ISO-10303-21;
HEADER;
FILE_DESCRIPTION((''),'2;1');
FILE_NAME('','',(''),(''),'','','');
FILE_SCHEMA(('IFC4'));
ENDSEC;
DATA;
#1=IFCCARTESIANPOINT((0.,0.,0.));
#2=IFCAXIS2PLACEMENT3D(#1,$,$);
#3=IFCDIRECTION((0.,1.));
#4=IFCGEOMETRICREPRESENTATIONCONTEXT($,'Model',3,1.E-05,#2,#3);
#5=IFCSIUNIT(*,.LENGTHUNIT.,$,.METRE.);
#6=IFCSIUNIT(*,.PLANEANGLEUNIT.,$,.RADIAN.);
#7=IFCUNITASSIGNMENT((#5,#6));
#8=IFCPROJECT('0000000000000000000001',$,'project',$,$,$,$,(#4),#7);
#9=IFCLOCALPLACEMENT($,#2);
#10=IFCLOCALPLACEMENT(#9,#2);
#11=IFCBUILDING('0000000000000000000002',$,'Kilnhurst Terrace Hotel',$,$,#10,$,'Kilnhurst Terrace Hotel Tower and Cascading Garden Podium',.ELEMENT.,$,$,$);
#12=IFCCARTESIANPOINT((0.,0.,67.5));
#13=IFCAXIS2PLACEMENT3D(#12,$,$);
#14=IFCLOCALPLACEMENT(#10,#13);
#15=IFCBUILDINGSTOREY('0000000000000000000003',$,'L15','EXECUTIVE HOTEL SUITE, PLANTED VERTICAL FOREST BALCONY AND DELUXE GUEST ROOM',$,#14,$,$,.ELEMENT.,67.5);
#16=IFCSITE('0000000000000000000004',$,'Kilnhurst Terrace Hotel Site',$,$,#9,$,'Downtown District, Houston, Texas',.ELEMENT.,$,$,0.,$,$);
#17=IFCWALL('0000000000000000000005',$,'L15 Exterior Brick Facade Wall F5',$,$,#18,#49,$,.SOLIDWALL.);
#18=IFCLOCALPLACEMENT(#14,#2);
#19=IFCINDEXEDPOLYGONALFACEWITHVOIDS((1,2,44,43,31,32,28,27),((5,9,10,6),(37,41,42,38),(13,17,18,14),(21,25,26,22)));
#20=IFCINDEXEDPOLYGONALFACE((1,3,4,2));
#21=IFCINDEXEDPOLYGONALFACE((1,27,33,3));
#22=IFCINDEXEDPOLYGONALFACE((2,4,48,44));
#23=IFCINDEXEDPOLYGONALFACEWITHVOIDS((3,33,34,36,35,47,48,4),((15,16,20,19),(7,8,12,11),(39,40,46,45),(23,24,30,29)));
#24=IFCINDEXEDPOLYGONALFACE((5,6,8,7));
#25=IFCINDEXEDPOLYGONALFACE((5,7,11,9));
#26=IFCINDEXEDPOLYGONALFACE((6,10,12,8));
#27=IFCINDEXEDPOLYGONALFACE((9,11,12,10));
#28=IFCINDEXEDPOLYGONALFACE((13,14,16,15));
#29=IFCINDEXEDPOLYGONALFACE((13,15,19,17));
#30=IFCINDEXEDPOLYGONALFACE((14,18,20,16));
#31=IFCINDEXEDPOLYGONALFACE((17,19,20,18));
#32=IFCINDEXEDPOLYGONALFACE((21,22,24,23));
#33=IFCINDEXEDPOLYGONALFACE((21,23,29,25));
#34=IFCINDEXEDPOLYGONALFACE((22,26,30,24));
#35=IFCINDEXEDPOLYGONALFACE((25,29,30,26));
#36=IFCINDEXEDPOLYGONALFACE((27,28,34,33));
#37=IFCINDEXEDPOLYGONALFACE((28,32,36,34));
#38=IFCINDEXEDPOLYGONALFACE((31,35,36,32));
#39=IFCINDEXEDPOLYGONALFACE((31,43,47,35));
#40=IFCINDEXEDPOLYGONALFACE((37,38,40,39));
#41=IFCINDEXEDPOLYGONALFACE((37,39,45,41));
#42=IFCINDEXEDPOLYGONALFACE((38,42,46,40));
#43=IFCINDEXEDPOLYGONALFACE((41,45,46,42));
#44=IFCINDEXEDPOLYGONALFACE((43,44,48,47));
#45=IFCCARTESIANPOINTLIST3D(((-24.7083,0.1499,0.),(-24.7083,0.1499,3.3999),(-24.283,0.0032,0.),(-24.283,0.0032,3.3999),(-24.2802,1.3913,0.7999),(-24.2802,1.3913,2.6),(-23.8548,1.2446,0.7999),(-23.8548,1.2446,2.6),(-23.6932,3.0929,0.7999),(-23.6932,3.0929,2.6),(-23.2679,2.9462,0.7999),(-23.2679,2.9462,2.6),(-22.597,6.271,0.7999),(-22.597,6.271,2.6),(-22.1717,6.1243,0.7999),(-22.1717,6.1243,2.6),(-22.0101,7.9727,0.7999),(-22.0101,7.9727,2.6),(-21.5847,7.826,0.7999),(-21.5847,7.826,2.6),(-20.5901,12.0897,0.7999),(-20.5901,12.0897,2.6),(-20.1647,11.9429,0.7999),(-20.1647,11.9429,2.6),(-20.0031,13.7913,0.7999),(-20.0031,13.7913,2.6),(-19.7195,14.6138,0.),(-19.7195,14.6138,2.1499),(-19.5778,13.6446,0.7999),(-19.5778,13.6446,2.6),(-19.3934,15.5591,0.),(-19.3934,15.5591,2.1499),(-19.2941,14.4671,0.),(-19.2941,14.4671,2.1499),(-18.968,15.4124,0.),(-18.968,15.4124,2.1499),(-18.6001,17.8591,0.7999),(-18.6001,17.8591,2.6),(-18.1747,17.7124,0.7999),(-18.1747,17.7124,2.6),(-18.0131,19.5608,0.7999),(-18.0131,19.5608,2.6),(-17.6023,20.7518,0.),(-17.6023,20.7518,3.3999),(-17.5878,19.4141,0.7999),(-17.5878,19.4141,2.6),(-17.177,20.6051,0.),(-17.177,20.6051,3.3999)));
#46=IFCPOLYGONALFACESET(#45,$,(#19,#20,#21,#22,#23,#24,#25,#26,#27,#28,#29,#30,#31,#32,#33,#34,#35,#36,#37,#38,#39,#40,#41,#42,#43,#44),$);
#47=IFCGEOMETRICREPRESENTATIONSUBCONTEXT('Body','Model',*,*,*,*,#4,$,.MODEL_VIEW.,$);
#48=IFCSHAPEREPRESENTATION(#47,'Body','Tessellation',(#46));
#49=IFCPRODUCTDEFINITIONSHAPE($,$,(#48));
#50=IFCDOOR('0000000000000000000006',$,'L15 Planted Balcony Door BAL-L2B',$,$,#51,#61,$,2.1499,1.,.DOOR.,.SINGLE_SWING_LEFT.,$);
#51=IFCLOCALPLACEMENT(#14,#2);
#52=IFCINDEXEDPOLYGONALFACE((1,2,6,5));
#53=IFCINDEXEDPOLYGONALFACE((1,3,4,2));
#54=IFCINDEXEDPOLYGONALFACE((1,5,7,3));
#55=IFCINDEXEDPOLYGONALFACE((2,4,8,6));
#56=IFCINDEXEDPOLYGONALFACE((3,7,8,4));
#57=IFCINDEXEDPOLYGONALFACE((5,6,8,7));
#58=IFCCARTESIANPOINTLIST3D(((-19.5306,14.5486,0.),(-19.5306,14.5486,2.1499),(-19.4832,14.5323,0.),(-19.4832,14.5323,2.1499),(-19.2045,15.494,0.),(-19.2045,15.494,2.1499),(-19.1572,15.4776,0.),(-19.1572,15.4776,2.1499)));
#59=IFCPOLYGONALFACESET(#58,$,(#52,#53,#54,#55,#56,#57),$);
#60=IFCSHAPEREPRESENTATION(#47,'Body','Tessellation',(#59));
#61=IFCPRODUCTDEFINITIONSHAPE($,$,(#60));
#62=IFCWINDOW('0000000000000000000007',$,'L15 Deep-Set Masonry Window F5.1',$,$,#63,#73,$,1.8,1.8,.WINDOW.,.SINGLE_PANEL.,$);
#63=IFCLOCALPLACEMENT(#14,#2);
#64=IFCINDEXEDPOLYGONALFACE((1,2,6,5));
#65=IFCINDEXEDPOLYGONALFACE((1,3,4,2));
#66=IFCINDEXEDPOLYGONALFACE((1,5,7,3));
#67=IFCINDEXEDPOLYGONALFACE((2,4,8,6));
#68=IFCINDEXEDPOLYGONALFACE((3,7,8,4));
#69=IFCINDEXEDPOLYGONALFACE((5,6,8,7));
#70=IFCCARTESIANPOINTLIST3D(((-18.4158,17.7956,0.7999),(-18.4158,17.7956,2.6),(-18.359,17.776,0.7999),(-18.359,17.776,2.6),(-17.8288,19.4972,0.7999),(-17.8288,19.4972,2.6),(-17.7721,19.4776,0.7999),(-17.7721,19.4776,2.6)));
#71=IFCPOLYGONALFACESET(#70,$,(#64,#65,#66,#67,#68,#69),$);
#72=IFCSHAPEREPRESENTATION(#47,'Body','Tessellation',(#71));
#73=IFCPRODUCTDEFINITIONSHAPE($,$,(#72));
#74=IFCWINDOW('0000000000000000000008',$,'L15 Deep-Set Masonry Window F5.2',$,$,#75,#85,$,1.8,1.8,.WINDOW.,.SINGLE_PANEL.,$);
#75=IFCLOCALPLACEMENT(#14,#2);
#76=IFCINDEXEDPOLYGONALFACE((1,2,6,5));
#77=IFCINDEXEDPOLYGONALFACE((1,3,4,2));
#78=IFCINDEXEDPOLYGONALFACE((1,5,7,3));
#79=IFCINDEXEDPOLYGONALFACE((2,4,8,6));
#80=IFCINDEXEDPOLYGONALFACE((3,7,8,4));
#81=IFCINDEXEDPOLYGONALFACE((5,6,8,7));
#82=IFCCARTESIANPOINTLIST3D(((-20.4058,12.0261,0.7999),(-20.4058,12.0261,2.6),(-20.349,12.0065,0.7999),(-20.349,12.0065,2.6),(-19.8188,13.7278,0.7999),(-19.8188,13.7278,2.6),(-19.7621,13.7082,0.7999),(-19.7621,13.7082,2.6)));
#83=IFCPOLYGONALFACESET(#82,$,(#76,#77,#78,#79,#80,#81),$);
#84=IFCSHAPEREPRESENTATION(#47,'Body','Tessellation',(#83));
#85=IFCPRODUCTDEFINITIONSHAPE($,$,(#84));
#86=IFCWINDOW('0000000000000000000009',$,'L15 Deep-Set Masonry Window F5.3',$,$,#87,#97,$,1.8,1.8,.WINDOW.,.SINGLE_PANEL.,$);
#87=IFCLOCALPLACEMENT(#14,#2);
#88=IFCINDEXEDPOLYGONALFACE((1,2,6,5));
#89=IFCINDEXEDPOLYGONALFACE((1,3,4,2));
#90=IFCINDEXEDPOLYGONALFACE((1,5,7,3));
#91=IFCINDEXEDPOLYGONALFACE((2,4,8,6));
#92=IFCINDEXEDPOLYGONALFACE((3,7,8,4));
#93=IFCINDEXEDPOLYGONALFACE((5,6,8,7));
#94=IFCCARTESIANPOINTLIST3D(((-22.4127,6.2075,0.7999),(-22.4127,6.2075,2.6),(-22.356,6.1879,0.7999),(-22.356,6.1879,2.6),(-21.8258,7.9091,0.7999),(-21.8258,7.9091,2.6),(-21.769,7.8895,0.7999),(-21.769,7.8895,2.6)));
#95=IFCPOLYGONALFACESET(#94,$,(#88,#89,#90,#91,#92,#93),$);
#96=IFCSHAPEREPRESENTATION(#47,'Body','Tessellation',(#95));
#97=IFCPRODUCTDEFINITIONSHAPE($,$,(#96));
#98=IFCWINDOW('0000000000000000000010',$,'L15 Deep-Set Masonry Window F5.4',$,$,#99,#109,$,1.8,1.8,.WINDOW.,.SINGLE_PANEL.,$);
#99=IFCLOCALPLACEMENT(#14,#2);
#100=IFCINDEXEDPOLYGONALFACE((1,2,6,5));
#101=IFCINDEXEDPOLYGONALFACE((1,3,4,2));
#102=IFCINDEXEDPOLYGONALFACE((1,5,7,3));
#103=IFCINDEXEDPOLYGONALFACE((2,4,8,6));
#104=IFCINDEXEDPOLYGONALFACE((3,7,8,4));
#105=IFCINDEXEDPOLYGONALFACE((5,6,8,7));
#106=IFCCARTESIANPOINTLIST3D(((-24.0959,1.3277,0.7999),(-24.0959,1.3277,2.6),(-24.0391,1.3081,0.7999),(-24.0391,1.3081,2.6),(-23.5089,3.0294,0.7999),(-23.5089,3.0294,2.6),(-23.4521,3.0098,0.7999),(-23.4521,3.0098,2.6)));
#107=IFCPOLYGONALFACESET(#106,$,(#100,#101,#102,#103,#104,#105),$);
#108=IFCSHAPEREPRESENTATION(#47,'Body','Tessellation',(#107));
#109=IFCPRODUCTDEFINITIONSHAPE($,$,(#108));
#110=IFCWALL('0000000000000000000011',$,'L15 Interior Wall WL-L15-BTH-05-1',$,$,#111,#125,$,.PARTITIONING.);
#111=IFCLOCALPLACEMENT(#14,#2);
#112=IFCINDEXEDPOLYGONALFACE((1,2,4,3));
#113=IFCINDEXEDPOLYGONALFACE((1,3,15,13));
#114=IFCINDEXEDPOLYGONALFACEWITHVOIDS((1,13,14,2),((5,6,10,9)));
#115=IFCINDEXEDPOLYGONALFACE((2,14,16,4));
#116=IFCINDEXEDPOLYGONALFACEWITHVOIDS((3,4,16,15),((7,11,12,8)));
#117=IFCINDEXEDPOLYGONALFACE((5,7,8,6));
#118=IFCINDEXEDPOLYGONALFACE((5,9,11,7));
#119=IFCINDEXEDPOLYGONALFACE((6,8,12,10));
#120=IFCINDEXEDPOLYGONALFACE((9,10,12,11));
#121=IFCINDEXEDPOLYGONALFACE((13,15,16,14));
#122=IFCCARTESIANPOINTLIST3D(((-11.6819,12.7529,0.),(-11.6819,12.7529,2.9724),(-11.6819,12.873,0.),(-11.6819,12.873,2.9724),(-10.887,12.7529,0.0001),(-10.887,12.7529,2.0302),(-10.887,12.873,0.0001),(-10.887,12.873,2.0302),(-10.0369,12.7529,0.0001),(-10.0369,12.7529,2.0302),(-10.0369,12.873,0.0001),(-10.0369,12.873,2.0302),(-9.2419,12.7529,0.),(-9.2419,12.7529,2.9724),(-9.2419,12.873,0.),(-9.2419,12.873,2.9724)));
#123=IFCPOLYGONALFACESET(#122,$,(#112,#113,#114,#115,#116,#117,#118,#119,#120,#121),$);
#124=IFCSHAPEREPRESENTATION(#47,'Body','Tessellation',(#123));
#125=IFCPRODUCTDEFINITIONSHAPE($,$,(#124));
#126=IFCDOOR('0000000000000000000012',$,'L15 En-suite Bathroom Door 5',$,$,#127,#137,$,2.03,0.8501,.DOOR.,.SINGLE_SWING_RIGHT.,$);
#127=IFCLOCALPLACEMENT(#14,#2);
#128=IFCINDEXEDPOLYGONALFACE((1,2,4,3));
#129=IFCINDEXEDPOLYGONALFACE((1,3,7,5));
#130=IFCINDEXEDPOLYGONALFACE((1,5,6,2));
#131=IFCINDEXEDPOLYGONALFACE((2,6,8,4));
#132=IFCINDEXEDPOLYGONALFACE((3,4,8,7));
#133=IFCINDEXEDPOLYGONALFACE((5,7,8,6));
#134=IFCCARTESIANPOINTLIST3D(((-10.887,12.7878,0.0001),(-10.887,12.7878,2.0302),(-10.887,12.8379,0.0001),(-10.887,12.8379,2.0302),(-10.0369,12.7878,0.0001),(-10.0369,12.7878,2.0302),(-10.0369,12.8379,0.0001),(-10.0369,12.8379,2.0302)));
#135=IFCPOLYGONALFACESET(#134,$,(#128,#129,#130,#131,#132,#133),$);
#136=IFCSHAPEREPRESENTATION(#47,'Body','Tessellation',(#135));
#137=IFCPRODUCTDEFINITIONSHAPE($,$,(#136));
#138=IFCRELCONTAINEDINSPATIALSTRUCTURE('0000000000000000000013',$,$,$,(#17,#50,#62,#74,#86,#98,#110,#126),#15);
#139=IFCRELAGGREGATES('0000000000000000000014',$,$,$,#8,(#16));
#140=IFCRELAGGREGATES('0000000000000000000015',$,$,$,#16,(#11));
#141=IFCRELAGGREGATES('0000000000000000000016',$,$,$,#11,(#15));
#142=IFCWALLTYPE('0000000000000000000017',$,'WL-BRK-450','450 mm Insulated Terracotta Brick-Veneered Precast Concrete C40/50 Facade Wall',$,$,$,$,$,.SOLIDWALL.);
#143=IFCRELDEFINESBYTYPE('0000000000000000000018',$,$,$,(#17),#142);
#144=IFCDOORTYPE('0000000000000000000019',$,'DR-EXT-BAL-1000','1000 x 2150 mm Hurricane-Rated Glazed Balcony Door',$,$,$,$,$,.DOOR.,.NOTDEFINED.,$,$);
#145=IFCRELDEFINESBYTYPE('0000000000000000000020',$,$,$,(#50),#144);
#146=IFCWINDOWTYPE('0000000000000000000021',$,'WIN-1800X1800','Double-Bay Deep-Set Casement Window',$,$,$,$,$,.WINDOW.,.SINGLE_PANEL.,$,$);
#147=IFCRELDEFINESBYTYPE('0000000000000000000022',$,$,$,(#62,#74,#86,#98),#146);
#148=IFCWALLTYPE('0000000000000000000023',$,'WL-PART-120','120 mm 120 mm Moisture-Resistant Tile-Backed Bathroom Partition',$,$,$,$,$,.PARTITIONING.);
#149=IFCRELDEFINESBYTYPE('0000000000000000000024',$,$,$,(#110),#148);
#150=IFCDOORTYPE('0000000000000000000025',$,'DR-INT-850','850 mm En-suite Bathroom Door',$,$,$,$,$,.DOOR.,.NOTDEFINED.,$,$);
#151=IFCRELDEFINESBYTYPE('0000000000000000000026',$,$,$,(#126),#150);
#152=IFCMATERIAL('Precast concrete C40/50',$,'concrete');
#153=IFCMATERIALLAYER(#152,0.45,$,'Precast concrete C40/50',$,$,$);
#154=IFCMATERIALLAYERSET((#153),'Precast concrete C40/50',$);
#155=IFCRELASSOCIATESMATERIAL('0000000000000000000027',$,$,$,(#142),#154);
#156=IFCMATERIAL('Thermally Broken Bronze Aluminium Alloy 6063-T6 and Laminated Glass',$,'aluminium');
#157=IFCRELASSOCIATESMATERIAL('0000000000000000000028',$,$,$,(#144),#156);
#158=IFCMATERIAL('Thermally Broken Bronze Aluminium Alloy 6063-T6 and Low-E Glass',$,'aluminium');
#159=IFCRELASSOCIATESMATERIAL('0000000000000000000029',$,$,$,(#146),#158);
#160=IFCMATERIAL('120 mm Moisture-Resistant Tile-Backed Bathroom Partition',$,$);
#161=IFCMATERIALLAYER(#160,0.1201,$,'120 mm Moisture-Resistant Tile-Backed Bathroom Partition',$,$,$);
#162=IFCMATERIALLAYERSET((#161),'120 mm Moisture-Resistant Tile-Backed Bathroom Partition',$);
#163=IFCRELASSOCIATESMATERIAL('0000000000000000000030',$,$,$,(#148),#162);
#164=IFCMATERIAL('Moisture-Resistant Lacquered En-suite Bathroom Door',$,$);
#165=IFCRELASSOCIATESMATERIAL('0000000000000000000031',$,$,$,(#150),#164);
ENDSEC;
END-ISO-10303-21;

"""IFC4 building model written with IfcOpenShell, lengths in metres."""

from ifc_helpers import new_model, si_unit, direction, frame, frame_2d, origin, place, context, subcontext, project, spatial, rectangle, extrude, material, layer, layer_set, type_object, element, fill, save


model = new_model("IFC4")

# Units and contexts
model_context = context("Model", 3, precision=1e-05, world=origin(), true_north=direction((0.0, 1.0)))
body_context = subcontext(model_context, "Body", "Model", "MODEL_VIEW")
ifc_project = project(units=[si_unit("LENGTHUNIT", "METRE"), si_unit("PLANEANGLEUNIT", "RADIAN")], contexts=[model_context])

# Site, building, storey
site_placement = place(None, origin())
site = spatial("IfcSite", under=ifc_project, at=site_placement, Name="Kilnhurst Terrace Hotel Site", LongName="Downtown District, Houston, Texas", CompositionType="ELEMENT", RefElevation=0.0)
building_placement = place(site_placement, origin())
building = spatial("IfcBuilding", under=site, at=building_placement, Name="Kilnhurst Terrace Hotel", LongName="Kilnhurst Terrace Hotel Tower and Cascading Garden Podium", CompositionType="ELEMENT")
storey_placement = place(building_placement, frame((0.0, 0.0, 67.5)))
storey = spatial("IfcBuildingStorey", under=building, at=storey_placement, Name="L15", Description="EXECUTIVE HOTEL SUITE, PLANTED VERTICAL FOREST BALCONY AND DELUXE GUEST ROOM", CompositionType="ELEMENT", Elevation=67.5)

# Shared definitions
ifc_material_1 = material(Name="Precast concrete C40/50", Category="concrete")
ifc_layer_1 = layer(ifc_material_1, 0.45, Name="Precast concrete C40/50")
ifc_layer_set_1 = layer_set([ifc_layer_1], Name="Precast concrete C40/50")
wall_type_1 = type_object("IfcWallType", Name="WL-BRK-450", Description="450 mm Insulated Terracotta Brick-Veneered Precast Concrete C40/50 Facade Wall", PredefinedType="SOLIDWALL", material=ifc_layer_set_1)

# Wall, openings, door, windows
wall_1_placement = place(storey_placement, frame((-17.3896, 20.6785, 0.0), z_axis=(0.0, 0.0, 1.0), x_axis=(-0.326068, -0.945346, 0.0)))
wall_1 = element("IfcWall", 1, at=wall_1_placement, inside=storey, type_object=wall_type_1, Name="L15 Exterior Brick Facade Wall F5", PredefinedType="SOLIDWALL", context=body_context, shape_type="SweptSolid", body=[
    extrude(rectangle(XDim=21.793, YDim=0.45, at=frame_2d((10.8965, 0.0))), origin(), (0.0, 0.0, 1.0), 3.3999),
])
opening_1_placement = place(wall_1_placement, frame((5.4929, 0.0, 0.0)))
opening_1 = element("IfcOpeningElement", 2, at=opening_1_placement, cuts=wall_1, PredefinedType="OPENING", context=body_context, shape_type="SweptSolid", body=[
    extrude(rectangle(XDim=1.0, YDim=2.1499, at=frame_2d((0.5, 1.075))), frame((0.0, 0.2349, 0.0), z_axis=(0.0, -1.0, 0.0), x_axis=(1.0, 0.0, 0.0)), (0.0, 0.0, 1.0), 0.47),
])
opening_2_placement = place(wall_1_placement, frame((1.26, 0.0, 0.8)))
opening_2 = element("IfcOpeningElement", 3, at=opening_2_placement, cuts=wall_1, PredefinedType="OPENING", context=body_context, shape_type="SweptSolid", body=[
    extrude(rectangle(XDim=1.8, YDim=1.8, at=frame_2d((0.8999, 0.8999))), frame((0.0, 0.2349, 0.0), z_axis=(0.0, -1.0, 0.0), x_axis=(1.0, 0.0, 0.0)), (0.0, 0.0, 1.0), 0.47),
])
opening_3_placement = place(wall_1_placement, frame((7.363, 0.0, 0.8)))
opening_3 = element("IfcOpeningElement", 4, at=opening_3_placement, cuts=wall_1, PredefinedType="OPENING", context=body_context, shape_type="SweptSolid", body=[
    extrude(rectangle(XDim=1.8, YDim=1.8, at=frame_2d((0.8999, 0.8999))), frame((0.0, 0.2349, 0.0), z_axis=(0.0, -1.0, 0.0), x_axis=(1.0, 0.0, 0.0)), (0.0, 0.0, 1.0), 0.47),
])
opening_4_placement = place(wall_1_placement, frame((13.5181, 0.0, 0.8)))
opening_4 = element("IfcOpeningElement", 5, at=opening_4_placement, cuts=wall_1, PredefinedType="OPENING", context=body_context, shape_type="SweptSolid", body=[
    extrude(rectangle(XDim=1.8, YDim=1.8, at=frame_2d((0.8999, 0.8999))), frame((0.0, 0.2349, 0.0), z_axis=(0.0, -1.0, 0.0), x_axis=(1.0, 0.0, 0.0)), (0.0, 0.0, 1.0), 0.47),
])
opening_5_placement = place(wall_1_placement, frame((18.6799, 0.0, 0.8)))
opening_5 = element("IfcOpeningElement", 6, at=opening_5_placement, cuts=wall_1, PredefinedType="OPENING", context=body_context, shape_type="SweptSolid", body=[
    extrude(rectangle(XDim=1.8, YDim=1.8, at=frame_2d((0.8999, 0.8999))), frame((0.0, 0.2349, 0.0), z_axis=(0.0, -1.0, 0.0), x_axis=(1.0, 0.0, 0.0)), (0.0, 0.0, 1.0), 0.47),
])
ifc_material_2 = material(Name="Thermally Broken Bronze Aluminium Alloy 6063-T6 and Laminated Glass", Category="aluminium")
door_type_1 = type_object("IfcDoorType", Name="DR-EXT-BAL-1000", Description="1000 x 2150 mm Hurricane-Rated Glazed Balcony Door", OperationType="NOTDEFINED", PredefinedType="DOOR", material=ifc_material_2)
door_1_placement = place(opening_1_placement, origin())
door_1 = element("IfcDoor", 7, at=door_1_placement, inside=storey, type_object=door_type_1, Name="L15 Planted Balcony Door BAL-L2B", OperationType="SINGLE_SWING_LEFT", OverallHeight=2.1499, OverallWidth=1.0, PredefinedType="DOOR", context=body_context, shape_type="SweptSolid", body=[
    extrude(rectangle(XDim=1.0, YDim=2.1499, at=frame_2d((0.5, 1.075))), frame((0.0, 0.0249, 0.0), z_axis=(0.0, -1.0, 0.0), x_axis=(1.0, 0.0, 0.0)), (0.0, 0.0, 1.0), 0.05),
])
fill(opening_1, door_1)
ifc_material_3 = material(Name="Thermally Broken Bronze Aluminium Alloy 6063-T6 and Low-E Glass", Category="aluminium")
window_type = type_object("IfcWindowType", Name="WIN-1800X1800", Description="Double-Bay Deep-Set Casement Window", PartitioningType="SINGLE_PANEL", PredefinedType="WINDOW", material=ifc_material_3)
window_1_placement = place(opening_2_placement, origin())
window_1 = element("IfcWindow", 8, at=window_1_placement, inside=storey, type_object=window_type, Name="L15 Deep-Set Masonry Window F5.1", OverallHeight=1.8, OverallWidth=1.8, PartitioningType="SINGLE_PANEL", PredefinedType="WINDOW", context=body_context, shape_type="SweptSolid", body=[
    extrude(rectangle(XDim=1.8, YDim=1.8, at=frame_2d((0.8999, 0.8999))), frame((0.0, 0.03, 0.0), z_axis=(0.0, -1.0, 0.0), x_axis=(1.0, 0.0, 0.0)), (0.0, 0.0, 1.0), 0.0601),
])
fill(opening_2, window_1)
window_2_placement = place(opening_3_placement, origin())
window_2 = element("IfcWindow", 9, at=window_2_placement, inside=storey, type_object=window_type, Name="L15 Deep-Set Masonry Window F5.2", OverallHeight=1.8, OverallWidth=1.8, PartitioningType="SINGLE_PANEL", PredefinedType="WINDOW", context=body_context, shape_type="SweptSolid", body=[
    extrude(rectangle(XDim=1.8, YDim=1.8, at=frame_2d((0.8999, 0.8999))), frame((0.0, 0.03, 0.0), z_axis=(0.0, -1.0, 0.0), x_axis=(1.0, 0.0, 0.0)), (0.0, 0.0, 1.0), 0.0601),
])
fill(opening_3, window_2)
window_3_placement = place(opening_4_placement, origin())
window_3 = element("IfcWindow", 10, at=window_3_placement, inside=storey, type_object=window_type, Name="L15 Deep-Set Masonry Window F5.3", OverallHeight=1.8, OverallWidth=1.8, PartitioningType="SINGLE_PANEL", PredefinedType="WINDOW", context=body_context, shape_type="SweptSolid", body=[
    extrude(rectangle(XDim=1.8, YDim=1.8, at=frame_2d((0.8999, 0.8999))), frame((0.0, 0.03, 0.0), z_axis=(0.0, -1.0, 0.0), x_axis=(1.0, 0.0, 0.0)), (0.0, 0.0, 1.0), 0.0601),
])
fill(opening_4, window_3)
window_4_placement = place(opening_5_placement, origin())
window_4 = element("IfcWindow", 11, at=window_4_placement, inside=storey, type_object=window_type, Name="L15 Deep-Set Masonry Window F5.4", OverallHeight=1.8, OverallWidth=1.8, PartitioningType="SINGLE_PANEL", PredefinedType="WINDOW", context=body_context, shape_type="SweptSolid", body=[
    extrude(rectangle(XDim=1.8, YDim=1.8, at=frame_2d((0.8999, 0.8999))), frame((0.0, 0.03, 0.0), z_axis=(0.0, -1.0, 0.0), x_axis=(1.0, 0.0, 0.0)), (0.0, 0.0, 1.0), 0.0601),
])
fill(opening_5, window_4)

# Wall, opening, door
ifc_material_4 = material(Name="120 mm Moisture-Resistant Tile-Backed Bathroom Partition")
ifc_layer_2 = layer(ifc_material_4, 0.1201, Name="120 mm Moisture-Resistant Tile-Backed Bathroom Partition")
ifc_layer_set_2 = layer_set([ifc_layer_2], Name="120 mm Moisture-Resistant Tile-Backed Bathroom Partition")
wall_type_2 = type_object("IfcWallType", Name="WL-PART-120", Description="120 mm 120 mm Moisture-Resistant Tile-Backed Bathroom Partition", PredefinedType="PARTITIONING", material=ifc_layer_set_2)
wall_2_placement = place(storey_placement, frame((-11.6819, 12.813, 0.0), z_axis=(0.0, 0.0, 1.0), x_axis=(1.0, 0.0, 0.0)))
wall_2 = element("IfcWall", 12, at=wall_2_placement, inside=storey, type_object=wall_type_2, Name="L15 Interior Wall WL-L15-BTH-05-1", PredefinedType="PARTITIONING", context=body_context, shape_type="SweptSolid", body=[
    extrude(rectangle(XDim=2.4399, YDim=0.1201, at=frame_2d((1.22, 0.0))), origin(), (0.0, 0.0, 1.0), 2.9724),
])
opening_6_placement = place(wall_2_placement, frame((0.7949, 0.0, 0.0)))
opening_6 = element("IfcOpeningElement", 13, at=opening_6_placement, cuts=wall_2, PredefinedType="OPENING", context=body_context, shape_type="SweptSolid", body=[
    extrude(rectangle(XDim=0.8501, YDim=2.03, at=frame_2d((0.425, 1.0151))), frame((0.0, 0.0701, 0.0), z_axis=(0.0, -1.0, 0.0), x_axis=(1.0, 0.0, 0.0)), (0.0, 0.0, 1.0), 0.1401),
])
ifc_material_5 = material(Name="Moisture-Resistant Lacquered En-suite Bathroom Door")
door_type_2 = type_object("IfcDoorType", Name="DR-INT-850", Description="850 mm En-suite Bathroom Door", OperationType="NOTDEFINED", PredefinedType="DOOR", material=ifc_material_5)
door_2_placement = place(opening_6_placement, origin())
door_2 = element("IfcDoor", 14, at=door_2_placement, inside=storey, type_object=door_type_2, Name="L15 En-suite Bathroom Door 5", OperationType="SINGLE_SWING_RIGHT", OverallHeight=2.03, OverallWidth=0.8501, PredefinedType="DOOR", context=body_context, shape_type="SweptSolid", body=[
    extrude(rectangle(XDim=0.8501, YDim=2.03, at=frame_2d((0.425, 1.0151))), frame((0.0, 0.0249, 0.0), z_axis=(0.0, -1.0, 0.0), x_axis=(1.0, 0.0, 0.0)), (0.0, 0.0, 1.0), 0.05),
])
fill(opening_6, door_2)

save(model, "model.ifc")
